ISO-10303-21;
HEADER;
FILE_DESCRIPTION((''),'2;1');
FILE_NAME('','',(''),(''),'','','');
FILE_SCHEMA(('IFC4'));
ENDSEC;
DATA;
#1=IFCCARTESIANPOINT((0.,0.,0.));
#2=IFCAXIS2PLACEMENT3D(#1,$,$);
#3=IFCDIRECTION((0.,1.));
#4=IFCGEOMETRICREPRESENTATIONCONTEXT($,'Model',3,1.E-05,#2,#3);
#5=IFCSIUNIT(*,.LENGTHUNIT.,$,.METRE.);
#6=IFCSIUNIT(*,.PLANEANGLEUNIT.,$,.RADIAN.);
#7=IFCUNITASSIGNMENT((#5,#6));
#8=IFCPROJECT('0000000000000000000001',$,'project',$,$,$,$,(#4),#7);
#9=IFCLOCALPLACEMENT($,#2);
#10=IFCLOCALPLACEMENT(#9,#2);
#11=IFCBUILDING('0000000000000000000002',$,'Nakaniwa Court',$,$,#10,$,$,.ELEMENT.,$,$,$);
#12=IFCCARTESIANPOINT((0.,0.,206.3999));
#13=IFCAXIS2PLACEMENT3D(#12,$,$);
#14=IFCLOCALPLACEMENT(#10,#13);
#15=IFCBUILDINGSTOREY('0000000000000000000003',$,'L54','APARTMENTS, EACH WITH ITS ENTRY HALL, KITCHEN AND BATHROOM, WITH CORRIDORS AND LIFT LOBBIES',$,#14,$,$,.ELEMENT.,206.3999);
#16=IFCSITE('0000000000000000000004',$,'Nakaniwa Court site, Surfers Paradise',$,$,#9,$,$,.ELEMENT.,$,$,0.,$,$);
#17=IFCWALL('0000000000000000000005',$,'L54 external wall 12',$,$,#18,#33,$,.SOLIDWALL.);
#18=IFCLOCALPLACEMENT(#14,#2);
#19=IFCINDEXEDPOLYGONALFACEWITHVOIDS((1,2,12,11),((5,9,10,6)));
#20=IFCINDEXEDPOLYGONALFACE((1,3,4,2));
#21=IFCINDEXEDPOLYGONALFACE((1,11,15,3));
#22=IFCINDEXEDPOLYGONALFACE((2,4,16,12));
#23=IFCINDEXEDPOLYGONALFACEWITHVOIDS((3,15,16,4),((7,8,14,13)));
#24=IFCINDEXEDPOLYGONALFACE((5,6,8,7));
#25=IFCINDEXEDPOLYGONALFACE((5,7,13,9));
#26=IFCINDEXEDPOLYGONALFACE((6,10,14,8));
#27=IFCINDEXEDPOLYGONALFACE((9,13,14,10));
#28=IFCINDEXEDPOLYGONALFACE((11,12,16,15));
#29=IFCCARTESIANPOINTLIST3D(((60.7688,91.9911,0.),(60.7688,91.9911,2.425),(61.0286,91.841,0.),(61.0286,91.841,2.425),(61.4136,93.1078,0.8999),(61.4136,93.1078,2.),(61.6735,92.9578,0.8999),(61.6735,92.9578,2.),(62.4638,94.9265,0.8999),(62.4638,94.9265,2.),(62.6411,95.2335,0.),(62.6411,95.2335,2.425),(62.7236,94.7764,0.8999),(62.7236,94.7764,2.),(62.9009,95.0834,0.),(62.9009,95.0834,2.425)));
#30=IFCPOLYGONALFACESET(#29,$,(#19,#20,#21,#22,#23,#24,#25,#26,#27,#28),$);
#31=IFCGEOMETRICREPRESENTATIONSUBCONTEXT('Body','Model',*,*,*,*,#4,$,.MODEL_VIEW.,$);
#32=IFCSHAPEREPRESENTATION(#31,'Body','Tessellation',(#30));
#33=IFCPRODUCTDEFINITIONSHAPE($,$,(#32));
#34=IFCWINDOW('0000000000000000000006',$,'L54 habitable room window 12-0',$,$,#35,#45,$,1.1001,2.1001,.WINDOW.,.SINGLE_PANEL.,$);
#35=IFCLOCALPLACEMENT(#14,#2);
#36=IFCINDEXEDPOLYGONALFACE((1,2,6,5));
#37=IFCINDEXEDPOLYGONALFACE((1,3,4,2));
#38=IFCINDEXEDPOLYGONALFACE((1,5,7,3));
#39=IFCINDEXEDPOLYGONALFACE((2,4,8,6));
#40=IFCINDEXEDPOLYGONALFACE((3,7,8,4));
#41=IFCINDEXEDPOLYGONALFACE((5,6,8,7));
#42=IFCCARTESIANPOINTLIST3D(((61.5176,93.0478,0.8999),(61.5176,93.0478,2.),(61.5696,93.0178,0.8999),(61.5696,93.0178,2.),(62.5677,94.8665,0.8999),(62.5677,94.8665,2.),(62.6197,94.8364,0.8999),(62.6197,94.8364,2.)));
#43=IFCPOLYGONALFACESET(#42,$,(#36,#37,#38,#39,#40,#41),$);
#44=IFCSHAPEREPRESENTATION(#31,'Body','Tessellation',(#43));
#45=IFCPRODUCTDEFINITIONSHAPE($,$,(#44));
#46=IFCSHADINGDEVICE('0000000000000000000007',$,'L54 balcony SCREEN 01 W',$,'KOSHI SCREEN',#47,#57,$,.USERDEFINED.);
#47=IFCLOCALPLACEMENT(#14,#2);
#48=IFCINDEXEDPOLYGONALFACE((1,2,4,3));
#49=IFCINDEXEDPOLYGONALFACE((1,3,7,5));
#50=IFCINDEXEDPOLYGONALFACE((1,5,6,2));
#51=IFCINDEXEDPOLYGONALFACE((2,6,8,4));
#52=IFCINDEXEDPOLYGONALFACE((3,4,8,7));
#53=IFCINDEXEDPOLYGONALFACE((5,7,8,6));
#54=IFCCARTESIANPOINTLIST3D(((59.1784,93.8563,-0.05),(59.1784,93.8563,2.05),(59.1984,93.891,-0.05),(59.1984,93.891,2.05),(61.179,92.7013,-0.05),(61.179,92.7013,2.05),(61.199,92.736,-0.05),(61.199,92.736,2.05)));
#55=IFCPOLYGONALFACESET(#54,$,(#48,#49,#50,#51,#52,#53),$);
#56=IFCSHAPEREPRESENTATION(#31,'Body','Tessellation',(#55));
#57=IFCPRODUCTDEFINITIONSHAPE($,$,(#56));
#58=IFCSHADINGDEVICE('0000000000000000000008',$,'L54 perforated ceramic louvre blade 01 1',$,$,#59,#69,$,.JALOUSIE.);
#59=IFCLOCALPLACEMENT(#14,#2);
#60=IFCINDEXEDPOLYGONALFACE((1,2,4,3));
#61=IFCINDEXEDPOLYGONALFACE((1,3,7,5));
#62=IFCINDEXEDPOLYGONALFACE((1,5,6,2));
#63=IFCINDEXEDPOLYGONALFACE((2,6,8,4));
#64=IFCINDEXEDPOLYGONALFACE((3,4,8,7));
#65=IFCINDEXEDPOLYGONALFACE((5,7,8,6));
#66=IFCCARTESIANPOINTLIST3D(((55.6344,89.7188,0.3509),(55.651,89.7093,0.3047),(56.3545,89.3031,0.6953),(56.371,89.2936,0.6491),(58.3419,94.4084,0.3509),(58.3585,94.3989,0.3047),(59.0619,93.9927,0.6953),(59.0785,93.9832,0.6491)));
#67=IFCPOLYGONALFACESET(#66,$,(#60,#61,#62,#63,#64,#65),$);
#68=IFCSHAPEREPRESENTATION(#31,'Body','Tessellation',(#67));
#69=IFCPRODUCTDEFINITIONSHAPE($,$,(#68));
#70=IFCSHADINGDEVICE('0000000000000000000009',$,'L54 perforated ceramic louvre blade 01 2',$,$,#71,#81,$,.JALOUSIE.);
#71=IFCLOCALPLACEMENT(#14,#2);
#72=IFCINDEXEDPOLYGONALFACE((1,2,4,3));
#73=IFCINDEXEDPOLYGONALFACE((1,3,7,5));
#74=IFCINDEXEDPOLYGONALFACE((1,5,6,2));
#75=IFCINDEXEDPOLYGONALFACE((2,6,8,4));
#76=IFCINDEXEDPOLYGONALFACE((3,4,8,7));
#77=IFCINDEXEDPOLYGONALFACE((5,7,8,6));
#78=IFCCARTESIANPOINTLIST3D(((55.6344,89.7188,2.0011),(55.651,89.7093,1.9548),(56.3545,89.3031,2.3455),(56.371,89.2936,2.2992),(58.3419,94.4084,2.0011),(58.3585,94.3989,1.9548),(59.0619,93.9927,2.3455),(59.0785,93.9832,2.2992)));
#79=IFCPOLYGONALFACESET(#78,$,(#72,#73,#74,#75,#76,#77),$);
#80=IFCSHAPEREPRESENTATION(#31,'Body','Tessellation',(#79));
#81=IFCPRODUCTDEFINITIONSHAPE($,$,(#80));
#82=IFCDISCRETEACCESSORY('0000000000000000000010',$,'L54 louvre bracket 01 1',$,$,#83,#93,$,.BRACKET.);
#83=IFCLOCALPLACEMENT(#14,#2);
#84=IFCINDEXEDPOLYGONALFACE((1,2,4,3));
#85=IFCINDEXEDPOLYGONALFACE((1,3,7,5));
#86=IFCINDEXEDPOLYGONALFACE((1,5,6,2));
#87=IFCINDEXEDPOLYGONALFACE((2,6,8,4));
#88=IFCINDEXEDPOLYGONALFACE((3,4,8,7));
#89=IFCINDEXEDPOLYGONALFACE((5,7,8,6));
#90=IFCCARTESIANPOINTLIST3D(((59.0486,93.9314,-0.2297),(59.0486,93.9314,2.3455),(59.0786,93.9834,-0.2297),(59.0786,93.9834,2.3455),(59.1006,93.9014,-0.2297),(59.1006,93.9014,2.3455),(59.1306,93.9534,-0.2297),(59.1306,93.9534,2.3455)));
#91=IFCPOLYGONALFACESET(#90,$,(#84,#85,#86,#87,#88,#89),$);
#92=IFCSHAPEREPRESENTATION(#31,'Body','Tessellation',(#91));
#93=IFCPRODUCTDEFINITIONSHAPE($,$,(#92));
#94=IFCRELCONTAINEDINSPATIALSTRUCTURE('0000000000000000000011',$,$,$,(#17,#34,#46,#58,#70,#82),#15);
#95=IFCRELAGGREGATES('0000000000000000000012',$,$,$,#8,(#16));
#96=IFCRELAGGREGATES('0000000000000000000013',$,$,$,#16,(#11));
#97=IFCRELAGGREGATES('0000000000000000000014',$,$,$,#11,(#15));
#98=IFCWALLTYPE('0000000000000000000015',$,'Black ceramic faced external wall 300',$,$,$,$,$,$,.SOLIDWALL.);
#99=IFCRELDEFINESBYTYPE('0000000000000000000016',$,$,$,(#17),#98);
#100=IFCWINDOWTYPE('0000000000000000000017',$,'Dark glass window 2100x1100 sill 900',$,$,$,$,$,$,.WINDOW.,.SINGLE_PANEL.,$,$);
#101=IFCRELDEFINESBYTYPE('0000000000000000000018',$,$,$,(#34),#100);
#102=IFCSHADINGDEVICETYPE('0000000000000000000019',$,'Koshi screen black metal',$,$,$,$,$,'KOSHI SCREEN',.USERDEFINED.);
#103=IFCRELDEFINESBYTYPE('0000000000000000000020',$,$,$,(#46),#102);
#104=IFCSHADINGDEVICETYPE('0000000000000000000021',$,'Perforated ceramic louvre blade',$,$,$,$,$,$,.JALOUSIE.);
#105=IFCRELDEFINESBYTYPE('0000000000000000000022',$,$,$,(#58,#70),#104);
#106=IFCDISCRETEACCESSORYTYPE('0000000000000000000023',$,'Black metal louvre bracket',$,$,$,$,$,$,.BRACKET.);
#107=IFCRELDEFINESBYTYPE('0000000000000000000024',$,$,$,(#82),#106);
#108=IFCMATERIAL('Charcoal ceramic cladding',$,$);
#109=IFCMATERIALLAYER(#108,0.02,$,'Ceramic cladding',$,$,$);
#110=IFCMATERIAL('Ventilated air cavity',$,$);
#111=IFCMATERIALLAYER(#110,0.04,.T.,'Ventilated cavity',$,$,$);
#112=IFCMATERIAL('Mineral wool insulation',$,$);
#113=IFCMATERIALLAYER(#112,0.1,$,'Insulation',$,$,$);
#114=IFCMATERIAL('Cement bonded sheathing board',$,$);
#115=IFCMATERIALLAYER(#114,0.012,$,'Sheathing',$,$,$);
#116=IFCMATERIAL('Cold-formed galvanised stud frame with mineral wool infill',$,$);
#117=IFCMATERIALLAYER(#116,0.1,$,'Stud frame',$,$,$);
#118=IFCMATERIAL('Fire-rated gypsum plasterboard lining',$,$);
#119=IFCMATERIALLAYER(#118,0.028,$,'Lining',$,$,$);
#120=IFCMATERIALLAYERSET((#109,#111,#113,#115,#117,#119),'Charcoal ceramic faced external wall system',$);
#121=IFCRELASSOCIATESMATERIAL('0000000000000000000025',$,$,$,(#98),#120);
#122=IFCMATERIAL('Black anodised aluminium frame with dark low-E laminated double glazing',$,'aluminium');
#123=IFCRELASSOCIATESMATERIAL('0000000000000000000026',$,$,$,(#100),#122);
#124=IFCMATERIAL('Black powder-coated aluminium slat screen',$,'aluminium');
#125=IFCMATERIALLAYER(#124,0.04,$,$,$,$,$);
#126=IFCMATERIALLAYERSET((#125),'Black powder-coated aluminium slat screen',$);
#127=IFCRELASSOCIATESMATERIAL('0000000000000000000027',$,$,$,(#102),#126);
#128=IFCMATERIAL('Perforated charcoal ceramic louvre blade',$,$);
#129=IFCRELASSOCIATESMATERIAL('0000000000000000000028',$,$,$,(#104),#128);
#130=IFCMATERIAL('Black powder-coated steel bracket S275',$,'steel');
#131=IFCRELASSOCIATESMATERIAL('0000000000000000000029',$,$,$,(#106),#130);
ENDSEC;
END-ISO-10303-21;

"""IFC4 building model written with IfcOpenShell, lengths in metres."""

from ifc_helpers import new_model, si_unit, direction, frame, frame_2d, origin, origin_2d, place, context, subcontext, project, spatial, rectangle, extrude, material, layer, layer_set, material_profile, profile_set, type_object, element, fill, save


model = new_model("IFC4")

# Units and contexts
model_context = context("Model", 3, precision=1e-05, world=origin(), true_north=direction((0.0, 1.0)))
body_context = subcontext(model_context, "Body", "Model", "MODEL_VIEW")
ifc_project = project(units=[si_unit("LENGTHUNIT", "METRE"), si_unit("PLANEANGLEUNIT", "RADIAN")], contexts=[model_context])

# Site, building, storey
site_placement = place(None, origin())
site = spatial("IfcSite", under=ifc_project, at=site_placement, Name="Nakaniwa Court site, Surfers Paradise", CompositionType="ELEMENT", RefElevation=0.0)
building_placement = place(site_placement, origin())
building = spatial("IfcBuilding", under=site, at=building_placement, Name="Nakaniwa Court", CompositionType="ELEMENT")
storey_placement = place(building_placement, frame((0.0, 0.0, 206.3999)))
storey = spatial("IfcBuildingStorey", under=building, at=storey_placement, Name="L54", Description="APARTMENTS, EACH WITH ITS ENTRY HALL, KITCHEN AND BATHROOM, WITH CORRIDORS AND LIFT LOBBIES", CompositionType="ELEMENT", Elevation=206.3999)

# Wall, opening, window
ifc_material_1 = material(Name="Charcoal ceramic cladding")
ifc_layer_1 = layer(ifc_material_1, 0.02, Name="Ceramic cladding")
ifc_material_2 = material(Name="Ventilated air cavity")
ifc_layer_2 = layer(ifc_material_2, 0.04, ventilated=True, Name="Ventilated cavity")
ifc_material_3 = material(Name="Mineral wool insulation")
ifc_layer_3 = layer(ifc_material_3, 0.1, Name="Insulation")
ifc_material_4 = material(Name="Cement bonded sheathing board")
ifc_layer_4 = layer(ifc_material_4, 0.012, Name="Sheathing")
ifc_material_5 = material(Name="Cold-formed galvanised stud frame with mineral wool infill")
ifc_layer_5 = layer(ifc_material_5, 0.1, Name="Stud frame")
ifc_material_6 = material(Name="Fire-rated gypsum plasterboard lining")
ifc_layer_6 = layer(ifc_material_6, 0.028, Name="Lining")
ifc_layer_set_1 = layer_set([ifc_layer_1, ifc_layer_2, ifc_layer_3, ifc_layer_4, ifc_layer_5, ifc_layer_6], Name="Charcoal ceramic faced external wall system")
wall_type_1 = type_object("IfcWallType", Name="Black ceramic faced external wall 300", PredefinedType="SOLIDWALL", material=ifc_layer_set_1)
ifc_material_7 = material(Name="Black anodised aluminium frame with dark low-E laminated double glazing", Category="aluminium")
window_type_1 = type_object("IfcWindowType", Name="Dark glass window 2100x1100 sill 900", PartitioningType="SINGLE_PANEL", PredefinedType="WINDOW", material=ifc_material_7)
wall_1_placement = place(storey_placement, frame((62.771, 95.1584, 0.0), z_axis=(0.0, 0.0, 1.0), x_axis=(-0.500059, -0.865991, 0.0)))
wall_1 = element("IfcWall", 1, at=wall_1_placement, inside=storey, type_object=wall_type_1, Name="L54 external wall 12", PredefinedType="SOLIDWALL", context=body_context, shape_type="SweptSolid", body=[
    extrude(rectangle(XDim=3.7441, YDim=0.3, at=frame_2d((1.8721, 0.0))), origin(), (0.0, 0.0, 1.0), 2.425),
])
opening_1_placement = place(wall_1_placement, frame((0.3545, 0.0, 0.8999)))
opening_1 = element("IfcOpeningElement", 2, at=opening_1_placement, cuts=wall_1, PredefinedType="OPENING", context=body_context, shape_type="SweptSolid", body=[
    extrude(rectangle(XDim=2.1001, YDim=1.1001, at=frame_2d((1.05, 0.55))), frame((0.0, 0.1599, 0.0), z_axis=(0.0, -1.0, 0.0), x_axis=(1.0, 0.0, 0.0)), (0.0, 0.0, 1.0), 0.3201),
])
window_1_placement = place(opening_1_placement, origin())
window_1 = element("IfcWindow", 3, at=window_1_placement, inside=storey, type_object=window_type_1, Name="L54 habitable room window 12-0", OverallHeight=1.1001, OverallWidth=2.1001, PartitioningType="SINGLE_PANEL", PredefinedType="WINDOW", context=body_context, shape_type="SweptSolid", body=[
    extrude(rectangle(XDim=2.1001, YDim=1.1001, at=frame_2d((1.05, 0.55))), frame((0.0, 0.03, 0.0), z_axis=(0.0, -1.0, 0.0), x_axis=(1.0, 0.0, 0.0)), (0.0, 0.0, 1.0), 0.0601),
])
fill(opening_1, window_1)

# Shading devices
ifc_material_8 = material(Name="Black powder-coated aluminium slat screen", Category="aluminium")
ifc_layer_7 = layer(ifc_material_8, 0.04)
ifc_layer_set_2 = layer_set([ifc_layer_7], Name="Black powder-coated aluminium slat screen")
shading_device_type_1 = type_object("IfcShadingDeviceType", Name="Koshi screen black metal", ElementType="KOSHI SCREEN", PredefinedType="USERDEFINED", material=ifc_layer_set_2)
shading_device_placement = place(storey_placement, frame((60.1887, 93.2961, -0.05), z_axis=(0.0, 0.0, 1.0), x_axis=(-0.499986, -0.866033, 0.0)))
element("IfcShadingDevice", 4, at=shading_device_placement, inside=storey, type_object=shading_device_type_1, Name="L54 balcony SCREEN 01 W", ObjectType="KOSHI SCREEN", PredefinedType="USERDEFINED", context=body_context, shape_type="SweptSolid", body=[
    extrude(rectangle(XDim=0.04, YDim=2.3101, at=origin_2d()), origin(), (0.0, 0.0, 1.0), 2.1001),
])
ifc_material_9 = material(Name="Perforated charcoal ceramic louvre blade")
ifc_material_profile_1 = material_profile(ifc_material_9, rectangle(XDim=0.8999, YDim=0.05, at=origin_2d()), Name="Perforated ceramic louvre blade")
ifc_profile_set_1 = profile_set([ifc_material_profile_1], Name="Perforated charcoal ceramic louvre blade")
shading_device_type_2 = type_object("IfcShadingDeviceType", Name="Perforated ceramic louvre blade", PredefinedType="JALOUSIE", material=ifc_profile_set_1)
for number, where, z_axis, x_axis, name in (
    (5, (58.7102, 94.1958, 0.5), (-0.499989, -0.866032, 0.0), (0.800109, -0.46193, 0.382683), "L54 perforated ceramic louvre blade 01 1"),
    (6, (58.7102, 94.1958, 2.1501), (-0.499989, -0.866032, 0.0), (0.800109, -0.46193, 0.382683), "L54 perforated ceramic louvre blade 01 2"),
):
    element("IfcShadingDevice", number, at=place(storey_placement, frame(where, z_axis=z_axis, x_axis=x_axis)), inside=storey, type_object=shading_device_type_2, Name=name, PredefinedType="JALOUSIE", context=body_context, shape_type="SweptSolid", body=[
        extrude(rectangle(XDim=0.8999, YDim=0.05, at=origin_2d()), origin(), (0.0, 0.0, 1.0), 5.415),
    ])

# Discrete accessory
ifc_material_10 = material(Name="Black powder-coated steel bracket S275", Category="steel")
discrete_accessory_type = type_object("IfcDiscreteAccessoryType", Name="Black metal louvre bracket", PredefinedType="BRACKET", material=ifc_material_10)
discrete_accessory_placement = place(storey_placement, frame((59.0896, 93.9424, -0.2297), z_axis=(0.0, 0.0, 1.0), x_axis=(-0.499986, -0.866033, 0.0)))
element("IfcDiscreteAccessory", 7, at=discrete_accessory_placement, inside=storey, type_object=discrete_accessory_type, Name="L54 louvre bracket 01 1", PredefinedType="BRACKET", context=body_context, shape_type="SweptSolid", body=[
    extrude(rectangle(XDim=0.0601, YDim=0.0601, at=origin_2d()), origin(), (0.0, 0.0, 1.0), 2.5752),
])

save(model, "model.ifc")
